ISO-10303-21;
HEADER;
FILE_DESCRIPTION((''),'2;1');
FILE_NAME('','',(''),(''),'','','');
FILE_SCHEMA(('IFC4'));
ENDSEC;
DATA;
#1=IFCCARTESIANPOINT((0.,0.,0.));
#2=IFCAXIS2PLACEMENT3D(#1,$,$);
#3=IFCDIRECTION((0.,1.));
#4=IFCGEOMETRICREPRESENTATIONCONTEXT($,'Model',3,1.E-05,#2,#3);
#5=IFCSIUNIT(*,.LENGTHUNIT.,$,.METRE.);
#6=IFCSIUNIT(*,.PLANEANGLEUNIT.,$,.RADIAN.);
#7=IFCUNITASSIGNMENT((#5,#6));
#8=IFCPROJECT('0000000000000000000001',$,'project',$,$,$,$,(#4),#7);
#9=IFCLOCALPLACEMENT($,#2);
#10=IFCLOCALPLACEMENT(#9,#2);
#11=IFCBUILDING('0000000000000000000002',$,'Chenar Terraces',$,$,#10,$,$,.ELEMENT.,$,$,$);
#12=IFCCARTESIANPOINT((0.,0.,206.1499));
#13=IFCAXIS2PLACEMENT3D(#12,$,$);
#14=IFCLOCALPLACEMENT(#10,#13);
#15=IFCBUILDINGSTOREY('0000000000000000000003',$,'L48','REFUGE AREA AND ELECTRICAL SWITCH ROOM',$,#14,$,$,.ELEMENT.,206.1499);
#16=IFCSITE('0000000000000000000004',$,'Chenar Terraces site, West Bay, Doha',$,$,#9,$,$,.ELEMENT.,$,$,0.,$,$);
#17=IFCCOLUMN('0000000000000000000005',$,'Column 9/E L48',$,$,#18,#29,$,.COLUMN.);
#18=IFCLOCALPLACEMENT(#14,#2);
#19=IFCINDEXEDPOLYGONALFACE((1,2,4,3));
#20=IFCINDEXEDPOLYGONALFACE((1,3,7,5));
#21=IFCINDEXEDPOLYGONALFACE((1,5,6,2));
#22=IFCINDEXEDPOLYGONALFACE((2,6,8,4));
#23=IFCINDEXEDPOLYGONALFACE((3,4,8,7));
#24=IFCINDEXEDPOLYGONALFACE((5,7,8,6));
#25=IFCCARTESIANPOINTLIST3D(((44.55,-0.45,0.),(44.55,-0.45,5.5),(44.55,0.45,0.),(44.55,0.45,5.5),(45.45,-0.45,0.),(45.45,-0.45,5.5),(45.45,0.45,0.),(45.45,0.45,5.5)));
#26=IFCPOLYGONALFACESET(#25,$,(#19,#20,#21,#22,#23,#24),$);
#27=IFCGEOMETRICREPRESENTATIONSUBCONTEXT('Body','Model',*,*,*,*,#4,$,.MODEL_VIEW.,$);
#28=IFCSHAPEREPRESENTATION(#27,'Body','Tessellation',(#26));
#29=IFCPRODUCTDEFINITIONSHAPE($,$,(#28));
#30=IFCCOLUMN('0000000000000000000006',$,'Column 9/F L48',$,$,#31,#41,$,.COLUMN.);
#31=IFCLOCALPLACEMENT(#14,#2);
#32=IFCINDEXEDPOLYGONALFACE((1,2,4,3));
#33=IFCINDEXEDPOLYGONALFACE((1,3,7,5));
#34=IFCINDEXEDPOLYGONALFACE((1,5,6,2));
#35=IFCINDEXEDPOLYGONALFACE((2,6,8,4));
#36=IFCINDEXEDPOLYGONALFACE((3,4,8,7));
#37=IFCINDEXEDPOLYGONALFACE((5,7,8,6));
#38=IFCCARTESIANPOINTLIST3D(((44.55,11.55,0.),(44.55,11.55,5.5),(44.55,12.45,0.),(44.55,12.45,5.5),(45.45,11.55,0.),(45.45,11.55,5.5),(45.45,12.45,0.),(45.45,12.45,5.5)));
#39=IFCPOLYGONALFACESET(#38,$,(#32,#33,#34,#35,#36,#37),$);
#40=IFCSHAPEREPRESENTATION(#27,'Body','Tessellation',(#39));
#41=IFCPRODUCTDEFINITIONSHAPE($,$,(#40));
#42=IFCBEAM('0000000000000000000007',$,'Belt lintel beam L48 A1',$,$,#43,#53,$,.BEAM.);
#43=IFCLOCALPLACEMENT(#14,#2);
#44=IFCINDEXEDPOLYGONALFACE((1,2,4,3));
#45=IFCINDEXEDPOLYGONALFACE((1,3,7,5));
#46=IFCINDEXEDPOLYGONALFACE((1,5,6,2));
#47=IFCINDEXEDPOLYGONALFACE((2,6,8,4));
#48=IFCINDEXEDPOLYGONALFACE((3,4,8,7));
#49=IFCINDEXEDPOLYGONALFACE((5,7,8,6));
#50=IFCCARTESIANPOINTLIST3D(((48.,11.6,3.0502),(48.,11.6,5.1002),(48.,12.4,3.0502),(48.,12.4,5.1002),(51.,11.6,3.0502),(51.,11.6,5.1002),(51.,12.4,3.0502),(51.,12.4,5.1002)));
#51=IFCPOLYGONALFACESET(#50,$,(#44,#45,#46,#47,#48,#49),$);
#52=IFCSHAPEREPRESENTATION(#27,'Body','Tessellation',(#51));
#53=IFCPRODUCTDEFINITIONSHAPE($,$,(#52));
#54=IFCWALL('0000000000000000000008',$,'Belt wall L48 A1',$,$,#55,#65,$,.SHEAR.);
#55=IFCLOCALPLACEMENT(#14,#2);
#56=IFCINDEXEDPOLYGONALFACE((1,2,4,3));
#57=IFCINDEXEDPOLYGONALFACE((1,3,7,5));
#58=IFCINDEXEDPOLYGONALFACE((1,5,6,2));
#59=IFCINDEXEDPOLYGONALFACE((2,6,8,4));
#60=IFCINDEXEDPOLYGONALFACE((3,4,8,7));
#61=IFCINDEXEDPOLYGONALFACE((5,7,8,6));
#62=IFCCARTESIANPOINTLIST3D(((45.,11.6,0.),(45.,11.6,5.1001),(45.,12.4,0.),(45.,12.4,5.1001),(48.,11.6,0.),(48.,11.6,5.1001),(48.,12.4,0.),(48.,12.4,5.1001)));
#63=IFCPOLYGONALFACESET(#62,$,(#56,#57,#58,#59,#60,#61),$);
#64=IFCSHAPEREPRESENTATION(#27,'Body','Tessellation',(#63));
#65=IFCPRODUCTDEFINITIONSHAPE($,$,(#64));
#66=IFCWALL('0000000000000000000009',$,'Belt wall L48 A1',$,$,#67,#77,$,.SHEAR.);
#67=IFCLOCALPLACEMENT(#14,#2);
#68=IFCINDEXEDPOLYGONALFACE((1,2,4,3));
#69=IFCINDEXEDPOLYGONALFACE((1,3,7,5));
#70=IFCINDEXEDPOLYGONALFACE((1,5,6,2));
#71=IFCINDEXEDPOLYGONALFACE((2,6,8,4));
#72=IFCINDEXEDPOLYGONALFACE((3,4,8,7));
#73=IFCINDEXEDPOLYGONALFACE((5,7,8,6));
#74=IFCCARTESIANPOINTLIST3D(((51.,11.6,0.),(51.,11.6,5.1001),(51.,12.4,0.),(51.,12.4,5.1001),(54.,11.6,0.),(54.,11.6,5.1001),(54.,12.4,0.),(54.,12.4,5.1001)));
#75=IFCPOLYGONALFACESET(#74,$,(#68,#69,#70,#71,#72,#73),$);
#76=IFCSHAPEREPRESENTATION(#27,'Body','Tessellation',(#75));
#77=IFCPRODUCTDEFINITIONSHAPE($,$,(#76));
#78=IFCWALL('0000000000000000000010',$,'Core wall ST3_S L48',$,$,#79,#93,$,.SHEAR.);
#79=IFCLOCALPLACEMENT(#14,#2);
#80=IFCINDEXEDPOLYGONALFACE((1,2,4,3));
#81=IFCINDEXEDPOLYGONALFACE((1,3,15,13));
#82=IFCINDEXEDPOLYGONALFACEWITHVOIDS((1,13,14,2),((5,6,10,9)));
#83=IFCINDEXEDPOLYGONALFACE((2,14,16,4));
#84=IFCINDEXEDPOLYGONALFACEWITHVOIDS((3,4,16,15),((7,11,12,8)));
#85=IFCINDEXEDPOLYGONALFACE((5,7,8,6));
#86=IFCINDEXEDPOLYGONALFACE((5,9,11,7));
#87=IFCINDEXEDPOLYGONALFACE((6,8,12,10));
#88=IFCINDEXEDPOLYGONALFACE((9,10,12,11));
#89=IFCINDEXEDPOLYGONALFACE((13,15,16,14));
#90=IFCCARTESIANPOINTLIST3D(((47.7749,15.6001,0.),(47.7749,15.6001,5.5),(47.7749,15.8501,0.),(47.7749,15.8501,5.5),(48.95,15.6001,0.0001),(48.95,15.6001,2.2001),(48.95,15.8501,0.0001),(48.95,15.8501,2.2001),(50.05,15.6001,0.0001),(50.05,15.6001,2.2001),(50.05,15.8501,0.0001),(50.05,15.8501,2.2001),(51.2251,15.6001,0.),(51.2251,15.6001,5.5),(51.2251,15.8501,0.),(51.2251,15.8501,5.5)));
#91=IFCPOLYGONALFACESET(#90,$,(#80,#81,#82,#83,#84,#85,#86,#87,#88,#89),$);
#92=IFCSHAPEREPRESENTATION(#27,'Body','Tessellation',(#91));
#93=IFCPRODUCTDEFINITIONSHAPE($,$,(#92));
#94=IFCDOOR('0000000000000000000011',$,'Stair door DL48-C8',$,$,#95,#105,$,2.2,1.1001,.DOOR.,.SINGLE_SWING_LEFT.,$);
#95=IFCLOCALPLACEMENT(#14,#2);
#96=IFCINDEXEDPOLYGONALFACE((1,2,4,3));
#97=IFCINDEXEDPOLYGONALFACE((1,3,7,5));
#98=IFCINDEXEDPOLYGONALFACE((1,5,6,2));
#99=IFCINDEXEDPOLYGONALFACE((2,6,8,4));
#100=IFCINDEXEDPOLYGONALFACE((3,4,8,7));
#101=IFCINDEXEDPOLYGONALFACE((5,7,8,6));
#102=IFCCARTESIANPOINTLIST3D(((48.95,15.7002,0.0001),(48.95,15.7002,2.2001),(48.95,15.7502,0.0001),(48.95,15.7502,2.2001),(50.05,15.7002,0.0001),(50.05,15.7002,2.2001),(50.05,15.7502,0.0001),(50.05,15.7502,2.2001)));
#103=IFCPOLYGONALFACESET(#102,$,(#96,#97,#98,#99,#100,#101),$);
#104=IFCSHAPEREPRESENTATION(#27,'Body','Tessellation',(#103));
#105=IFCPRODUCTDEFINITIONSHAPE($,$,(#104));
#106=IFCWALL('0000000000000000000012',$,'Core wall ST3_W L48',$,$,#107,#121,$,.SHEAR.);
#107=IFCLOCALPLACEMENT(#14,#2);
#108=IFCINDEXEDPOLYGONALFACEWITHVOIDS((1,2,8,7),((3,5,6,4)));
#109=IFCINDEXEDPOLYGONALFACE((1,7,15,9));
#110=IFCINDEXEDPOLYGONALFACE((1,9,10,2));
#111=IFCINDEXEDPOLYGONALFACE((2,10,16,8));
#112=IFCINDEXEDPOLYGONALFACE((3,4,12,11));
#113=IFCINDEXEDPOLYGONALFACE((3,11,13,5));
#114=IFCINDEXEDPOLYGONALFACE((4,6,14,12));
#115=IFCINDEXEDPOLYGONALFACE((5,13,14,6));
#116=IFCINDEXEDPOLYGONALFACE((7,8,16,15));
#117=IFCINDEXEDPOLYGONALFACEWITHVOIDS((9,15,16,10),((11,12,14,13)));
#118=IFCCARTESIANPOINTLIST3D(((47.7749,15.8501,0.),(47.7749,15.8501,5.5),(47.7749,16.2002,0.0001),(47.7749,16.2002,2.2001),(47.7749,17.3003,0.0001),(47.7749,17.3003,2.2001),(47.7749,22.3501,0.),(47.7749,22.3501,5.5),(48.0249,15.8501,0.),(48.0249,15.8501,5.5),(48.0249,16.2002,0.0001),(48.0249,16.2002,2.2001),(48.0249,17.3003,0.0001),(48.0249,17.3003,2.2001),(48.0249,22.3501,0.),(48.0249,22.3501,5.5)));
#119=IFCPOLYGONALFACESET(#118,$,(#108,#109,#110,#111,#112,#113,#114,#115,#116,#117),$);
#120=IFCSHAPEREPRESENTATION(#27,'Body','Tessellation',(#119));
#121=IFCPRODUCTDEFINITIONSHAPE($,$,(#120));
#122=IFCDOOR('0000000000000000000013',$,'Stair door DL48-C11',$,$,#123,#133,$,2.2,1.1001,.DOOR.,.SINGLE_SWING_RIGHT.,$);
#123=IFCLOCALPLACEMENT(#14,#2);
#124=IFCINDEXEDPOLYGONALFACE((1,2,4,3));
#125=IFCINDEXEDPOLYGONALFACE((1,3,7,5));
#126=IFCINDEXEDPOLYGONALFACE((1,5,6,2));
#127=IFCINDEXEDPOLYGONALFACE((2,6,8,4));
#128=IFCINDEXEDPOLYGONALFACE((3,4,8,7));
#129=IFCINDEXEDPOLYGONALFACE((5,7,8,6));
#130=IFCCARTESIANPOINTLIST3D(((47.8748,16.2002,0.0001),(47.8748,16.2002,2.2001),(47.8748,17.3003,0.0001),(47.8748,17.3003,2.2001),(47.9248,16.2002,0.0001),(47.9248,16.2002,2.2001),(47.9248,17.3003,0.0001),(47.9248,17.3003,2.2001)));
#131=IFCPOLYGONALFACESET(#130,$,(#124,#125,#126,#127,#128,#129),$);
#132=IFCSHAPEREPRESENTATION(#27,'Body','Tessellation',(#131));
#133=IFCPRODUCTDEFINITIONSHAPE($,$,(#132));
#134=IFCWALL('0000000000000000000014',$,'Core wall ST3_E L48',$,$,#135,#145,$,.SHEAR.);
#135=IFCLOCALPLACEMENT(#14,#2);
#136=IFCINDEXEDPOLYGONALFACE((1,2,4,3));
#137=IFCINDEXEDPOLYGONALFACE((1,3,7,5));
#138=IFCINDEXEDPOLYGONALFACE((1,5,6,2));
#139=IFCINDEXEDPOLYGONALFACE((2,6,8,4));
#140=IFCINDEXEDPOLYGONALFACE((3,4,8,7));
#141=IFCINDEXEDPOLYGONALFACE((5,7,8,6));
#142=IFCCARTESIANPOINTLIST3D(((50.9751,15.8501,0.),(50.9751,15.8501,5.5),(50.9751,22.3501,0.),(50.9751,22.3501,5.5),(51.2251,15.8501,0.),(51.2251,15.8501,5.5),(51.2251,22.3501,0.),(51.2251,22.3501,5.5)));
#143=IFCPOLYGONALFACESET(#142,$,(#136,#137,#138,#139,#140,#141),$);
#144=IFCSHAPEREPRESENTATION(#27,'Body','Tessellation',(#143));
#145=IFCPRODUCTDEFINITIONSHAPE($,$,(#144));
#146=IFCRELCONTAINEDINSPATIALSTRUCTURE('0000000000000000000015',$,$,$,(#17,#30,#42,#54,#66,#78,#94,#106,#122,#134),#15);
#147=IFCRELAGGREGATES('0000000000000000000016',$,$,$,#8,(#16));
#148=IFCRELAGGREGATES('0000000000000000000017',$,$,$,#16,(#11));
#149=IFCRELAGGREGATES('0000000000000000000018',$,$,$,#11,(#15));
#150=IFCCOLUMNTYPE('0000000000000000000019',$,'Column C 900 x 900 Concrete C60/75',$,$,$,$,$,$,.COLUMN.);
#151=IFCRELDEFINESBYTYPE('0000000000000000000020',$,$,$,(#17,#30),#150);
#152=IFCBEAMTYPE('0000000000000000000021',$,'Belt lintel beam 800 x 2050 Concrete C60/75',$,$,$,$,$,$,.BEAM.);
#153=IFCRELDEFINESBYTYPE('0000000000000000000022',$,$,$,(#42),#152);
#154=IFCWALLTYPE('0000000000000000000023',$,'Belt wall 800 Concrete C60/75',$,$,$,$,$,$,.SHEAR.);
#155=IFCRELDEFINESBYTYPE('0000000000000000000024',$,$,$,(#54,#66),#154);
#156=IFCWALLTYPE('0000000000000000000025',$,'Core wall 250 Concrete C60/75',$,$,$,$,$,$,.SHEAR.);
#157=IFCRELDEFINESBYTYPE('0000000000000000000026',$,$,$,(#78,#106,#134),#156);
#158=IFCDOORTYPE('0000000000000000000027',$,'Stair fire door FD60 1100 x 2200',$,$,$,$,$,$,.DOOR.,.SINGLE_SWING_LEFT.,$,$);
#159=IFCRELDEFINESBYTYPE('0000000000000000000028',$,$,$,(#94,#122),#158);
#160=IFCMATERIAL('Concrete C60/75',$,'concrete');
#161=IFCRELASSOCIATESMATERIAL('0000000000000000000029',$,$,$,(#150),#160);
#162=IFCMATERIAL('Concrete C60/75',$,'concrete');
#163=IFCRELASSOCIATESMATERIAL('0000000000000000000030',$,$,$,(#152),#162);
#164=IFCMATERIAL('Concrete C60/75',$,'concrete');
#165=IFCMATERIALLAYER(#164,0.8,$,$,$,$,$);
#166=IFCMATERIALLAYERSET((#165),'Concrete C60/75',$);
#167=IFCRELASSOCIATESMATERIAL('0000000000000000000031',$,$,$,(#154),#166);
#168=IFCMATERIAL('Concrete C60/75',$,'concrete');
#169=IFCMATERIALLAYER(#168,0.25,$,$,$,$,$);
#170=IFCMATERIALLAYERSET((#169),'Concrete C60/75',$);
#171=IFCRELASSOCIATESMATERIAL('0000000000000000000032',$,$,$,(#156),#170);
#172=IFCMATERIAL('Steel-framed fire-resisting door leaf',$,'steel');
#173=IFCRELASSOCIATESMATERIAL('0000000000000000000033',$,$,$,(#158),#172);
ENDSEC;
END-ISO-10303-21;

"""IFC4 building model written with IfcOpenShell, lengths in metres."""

from ifc_helpers import new_model, si_unit, direction, frame, frame_2d, origin, origin_2d, place, context, subcontext, project, spatial, rectangle, extrude, material, layer, layer_set, material_profile, profile_set, type_object, element, fill, save


model = new_model("IFC4")

# Units and contexts
model_context = context("Model", 3, precision=1e-05, world=origin(), true_north=direction((0.0, 1.0)))
body_context = subcontext(model_context, "Body", "Model", "MODEL_VIEW")
ifc_project = project(units=[si_unit("LENGTHUNIT", "METRE"), si_unit("PLANEANGLEUNIT", "RADIAN")], contexts=[model_context])

# Site, building, storey
site_placement = place(None, origin())
site = spatial("IfcSite", under=ifc_project, at=site_placement, Name="Chenar Terraces site, West Bay, Doha", CompositionType="ELEMENT", RefElevation=0.0)
building_placement = place(site_placement, origin())
building = spatial("IfcBuilding", under=site, at=building_placement, Name="Chenar Terraces", CompositionType="ELEMENT")
storey_placement = place(building_placement, frame((0.0, 0.0, 206.1499)))
storey = spatial("IfcBuildingStorey", under=building, at=storey_placement, Name="L48", Description="REFUGE AREA AND ELECTRICAL SWITCH ROOM", CompositionType="ELEMENT", Elevation=206.1499)

# Columns
ifc_material_1 = material(Name="Concrete C60/75", Category="concrete")
ifc_material_profile_1 = material_profile(ifc_material_1, rectangle(XDim=0.8999, YDim=0.8999, at=origin_2d()), Name="C 900 x 900")
ifc_profile_set_1 = profile_set([ifc_material_profile_1], Name="Concrete C60/75")
column_type = type_object("IfcColumnType", Name="Column C 900 x 900 Concrete C60/75", PredefinedType="COLUMN", material=ifc_profile_set_1)
column_1_placement = place(storey_placement, frame((45.0, 0.0, 0.0), z_axis=(0.0, 0.0, 1.0), x_axis=(1.0, 0.0, 0.0)))
element("IfcColumn", 1, at=column_1_placement, inside=storey, type_object=column_type, Name="Column 9/E L48", PredefinedType="COLUMN", context=body_context, shape_type="SweptSolid", body=[
    extrude(rectangle(XDim=0.8999, YDim=0.8999, at=origin_2d()), origin(), (0.0, 0.0, 1.0), 5.5),
])
placement = place(storey_placement, frame((45.0, 12.0, 0.0), z_axis=(0.0, 0.0, 1.0), x_axis=(1.0, 0.0, 0.0)))
element("IfcColumn", 2, at=placement, inside=storey, type_object=column_type, Name="Column 9/F L48", PredefinedType="COLUMN", context=body_context, shape_type="SweptSolid", body=[
    extrude(rectangle(XDim=0.8999, YDim=0.8999, at=origin_2d()), origin(), (0.0, 0.0, 1.0), 5.5),
])

# Beam
ifc_material_2 = material(Name="Concrete C60/75", Category="concrete")
ifc_material_profile_2 = material_profile(ifc_material_2, rectangle(XDim=0.8, YDim=2.05, at=origin_2d()), Name="RC 800 x 2050")
ifc_profile_set_2 = profile_set([ifc_material_profile_2], Name="Concrete C60/75")
beam_type = type_object("IfcBeamType", Name="Belt lintel beam 800 x 2050 Concrete C60/75", PredefinedType="BEAM", material=ifc_profile_set_2)
beam_placement = place(storey_placement, frame((48.0, 12.0, 4.0752), z_axis=(1.0, 0.0, 0.0), x_axis=(0.0, 1.0, 0.0)))
element("IfcBeam", 3, at=beam_placement, inside=storey, type_object=beam_type, Name="Belt lintel beam L48 A1", PredefinedType="BEAM", context=body_context, shape_type="SweptSolid", body=[
    extrude(rectangle(XDim=0.8, YDim=2.05, at=origin_2d()), origin(), (0.0, 0.0, 1.0), 3.0),
])

# Walls
ifc_material_3 = material(Name="Concrete C60/75", Category="concrete")
ifc_layer_1 = layer(ifc_material_3, 0.8)
ifc_layer_set_1 = layer_set([ifc_layer_1], Name="Concrete C60/75")
wall_type_1 = type_object("IfcWallType", Name="Belt wall 800 Concrete C60/75", PredefinedType="SHEAR", material=ifc_layer_set_1)
element("IfcWall", 4, at=placement, inside=storey, type_object=wall_type_1, Name="Belt wall L48 A1", PredefinedType="SHEAR", context=body_context, shape_type="SweptSolid", body=[
    extrude(rectangle(XDim=3.0, YDim=0.8, at=frame_2d((1.5, 0.0))), origin(), (0.0, 0.0, 1.0), 5.1001),
])
wall_1_placement = place(storey_placement, frame((51.0, 12.0, 0.0), z_axis=(0.0, 0.0, 1.0), x_axis=(1.0, 0.0, 0.0)))
element("IfcWall", 5, at=wall_1_placement, inside=storey, type_object=wall_type_1, Name="Belt wall L48 A1", PredefinedType="SHEAR", context=body_context, shape_type="SweptSolid", body=[
    extrude(rectangle(XDim=3.0, YDim=0.8, at=frame_2d((1.5, 0.0))), origin(), (0.0, 0.0, 1.0), 5.1001),
])

# Walls, openings, doors
ifc_material_4 = material(Name="Concrete C60/75", Category="concrete")
ifc_layer_2 = layer(ifc_material_4, 0.25)
ifc_layer_set_2 = layer_set([ifc_layer_2], Name="Concrete C60/75")
wall_type_2 = type_object("IfcWallType", Name="Core wall 250 Concrete C60/75", PredefinedType="SHEAR", material=ifc_layer_set_2)
wall_2_placement = place(storey_placement, frame((47.7749, 15.7251, 0.0), z_axis=(0.0, 0.0, 1.0), x_axis=(1.0, 0.0, 0.0)))
wall_2 = element("IfcWall", 6, at=wall_2_placement, inside=storey, type_object=wall_type_2, Name="Core wall ST3_S L48", PredefinedType="SHEAR", context=body_context, shape_type="SweptSolid", body=[
    extrude(rectangle(XDim=3.4502, YDim=0.25, at=frame_2d((1.7251, 0.0))), origin(), (0.0, 0.0, 1.0), 5.5),
])
opening_1_placement = place(wall_2_placement, frame((1.175, 0.0, 0.0)))
opening_1 = element("IfcOpeningElement", 7, at=opening_1_placement, cuts=wall_2, PredefinedType="OPENING", context=body_context, shape_type="SweptSolid", body=[
    extrude(rectangle(XDim=1.1001, YDim=2.2, at=frame_2d((0.55, 1.1001))), frame((0.0, 0.135, 0.0), z_axis=(0.0, -1.0, 0.0), x_axis=(1.0, 0.0, 0.0)), (0.0, 0.0, 1.0), 0.27),
])
ifc_material_5 = material(Name="Steel-framed fire-resisting door leaf", Category="steel")
door_type_1 = type_object("IfcDoorType", Name="Stair fire door FD60 1100 x 2200", OperationType="SINGLE_SWING_LEFT", PredefinedType="DOOR", material=ifc_material_5)
door_1_placement = place(opening_1_placement, frame((1.1001, 0.0, 0.0), z_axis=(0.0, 0.0, 1.0), x_axis=(-1.0, 0.0, 0.0)))
door_1 = element("IfcDoor", 8, at=door_1_placement, inside=storey, type_object=door_type_1, Name="Stair door DL48-C8", OperationType="SINGLE_SWING_LEFT", OverallHeight=2.2, OverallWidth=1.1001, PredefinedType="DOOR", context=body_context, shape_type="SweptSolid", body=[
    extrude(rectangle(XDim=1.1001, YDim=2.2, at=frame_2d((0.55, 1.1001))), frame((0.0, 0.0249, 0.0), z_axis=(0.0, -1.0, 0.0), x_axis=(1.0, 0.0, 0.0)), (0.0, 0.0, 1.0), 0.05),
])
fill(opening_1, door_1)
wall_3_placement = place(storey_placement, frame((47.8999, 15.8501, 0.0), z_axis=(0.0, 0.0, 1.0), x_axis=(0.0, 1.0, 0.0)))
wall_3 = element("IfcWall", 9, at=wall_3_placement, inside=storey, type_object=wall_type_2, Name="Core wall ST3_W L48", PredefinedType="SHEAR", context=body_context, shape_type="SweptSolid", body=[
    extrude(rectangle(XDim=6.5, YDim=0.25, at=frame_2d((3.25, 0.0))), origin(), (0.0, 0.0, 1.0), 5.5),
])
opening_2_placement = place(wall_3_placement, frame((0.3501, 0.0, 0.0)))
opening_2 = element("IfcOpeningElement", 10, at=opening_2_placement, cuts=wall_3, PredefinedType="OPENING", context=body_context, shape_type="SweptSolid", body=[
    extrude(rectangle(XDim=1.1001, YDim=2.2, at=frame_2d((0.55, 1.1001))), frame((0.0, 0.135, 0.0), z_axis=(0.0, -1.0, 0.0), x_axis=(1.0, 0.0, 0.0)), (0.0, 0.0, 1.0), 0.27),
])
door_2_placement = place(opening_2_placement, frame((1.1001, 0.0, 0.0), z_axis=(0.0, 0.0, 1.0), x_axis=(-1.0, 0.0, 0.0)))
door_2 = element("IfcDoor", 11, at=door_2_placement, inside=storey, type_object=door_type_1, Name="Stair door DL48-C11", OperationType="SINGLE_SWING_RIGHT", OverallHeight=2.2, OverallWidth=1.1001, PredefinedType="DOOR", context=body_context, shape_type="SweptSolid", body=[
    extrude(rectangle(XDim=1.1001, YDim=2.2, at=frame_2d((0.55, 1.1001))), frame((0.0, 0.0249, 0.0), z_axis=(0.0, -1.0, 0.0), x_axis=(1.0, 0.0, 0.0)), (0.0, 0.0, 1.0), 0.05),
])
fill(opening_2, door_2)

# Wall
wall_4_placement = place(storey_placement, frame((51.1001, 15.8501, 0.0), z_axis=(0.0, 0.0, 1.0), x_axis=(0.0, 1.0, 0.0)))
element("IfcWall", 12, at=wall_4_placement, inside=storey, type_object=wall_type_2, Name="Core wall ST3_E L48", PredefinedType="SHEAR", context=body_context, shape_type="SweptSolid", body=[
    extrude(rectangle(XDim=6.5, YDim=0.25, at=frame_2d((3.25, 0.0))), origin(), (0.0, 0.0, 1.0), 5.5),
])

save(model, "model.ifc")
